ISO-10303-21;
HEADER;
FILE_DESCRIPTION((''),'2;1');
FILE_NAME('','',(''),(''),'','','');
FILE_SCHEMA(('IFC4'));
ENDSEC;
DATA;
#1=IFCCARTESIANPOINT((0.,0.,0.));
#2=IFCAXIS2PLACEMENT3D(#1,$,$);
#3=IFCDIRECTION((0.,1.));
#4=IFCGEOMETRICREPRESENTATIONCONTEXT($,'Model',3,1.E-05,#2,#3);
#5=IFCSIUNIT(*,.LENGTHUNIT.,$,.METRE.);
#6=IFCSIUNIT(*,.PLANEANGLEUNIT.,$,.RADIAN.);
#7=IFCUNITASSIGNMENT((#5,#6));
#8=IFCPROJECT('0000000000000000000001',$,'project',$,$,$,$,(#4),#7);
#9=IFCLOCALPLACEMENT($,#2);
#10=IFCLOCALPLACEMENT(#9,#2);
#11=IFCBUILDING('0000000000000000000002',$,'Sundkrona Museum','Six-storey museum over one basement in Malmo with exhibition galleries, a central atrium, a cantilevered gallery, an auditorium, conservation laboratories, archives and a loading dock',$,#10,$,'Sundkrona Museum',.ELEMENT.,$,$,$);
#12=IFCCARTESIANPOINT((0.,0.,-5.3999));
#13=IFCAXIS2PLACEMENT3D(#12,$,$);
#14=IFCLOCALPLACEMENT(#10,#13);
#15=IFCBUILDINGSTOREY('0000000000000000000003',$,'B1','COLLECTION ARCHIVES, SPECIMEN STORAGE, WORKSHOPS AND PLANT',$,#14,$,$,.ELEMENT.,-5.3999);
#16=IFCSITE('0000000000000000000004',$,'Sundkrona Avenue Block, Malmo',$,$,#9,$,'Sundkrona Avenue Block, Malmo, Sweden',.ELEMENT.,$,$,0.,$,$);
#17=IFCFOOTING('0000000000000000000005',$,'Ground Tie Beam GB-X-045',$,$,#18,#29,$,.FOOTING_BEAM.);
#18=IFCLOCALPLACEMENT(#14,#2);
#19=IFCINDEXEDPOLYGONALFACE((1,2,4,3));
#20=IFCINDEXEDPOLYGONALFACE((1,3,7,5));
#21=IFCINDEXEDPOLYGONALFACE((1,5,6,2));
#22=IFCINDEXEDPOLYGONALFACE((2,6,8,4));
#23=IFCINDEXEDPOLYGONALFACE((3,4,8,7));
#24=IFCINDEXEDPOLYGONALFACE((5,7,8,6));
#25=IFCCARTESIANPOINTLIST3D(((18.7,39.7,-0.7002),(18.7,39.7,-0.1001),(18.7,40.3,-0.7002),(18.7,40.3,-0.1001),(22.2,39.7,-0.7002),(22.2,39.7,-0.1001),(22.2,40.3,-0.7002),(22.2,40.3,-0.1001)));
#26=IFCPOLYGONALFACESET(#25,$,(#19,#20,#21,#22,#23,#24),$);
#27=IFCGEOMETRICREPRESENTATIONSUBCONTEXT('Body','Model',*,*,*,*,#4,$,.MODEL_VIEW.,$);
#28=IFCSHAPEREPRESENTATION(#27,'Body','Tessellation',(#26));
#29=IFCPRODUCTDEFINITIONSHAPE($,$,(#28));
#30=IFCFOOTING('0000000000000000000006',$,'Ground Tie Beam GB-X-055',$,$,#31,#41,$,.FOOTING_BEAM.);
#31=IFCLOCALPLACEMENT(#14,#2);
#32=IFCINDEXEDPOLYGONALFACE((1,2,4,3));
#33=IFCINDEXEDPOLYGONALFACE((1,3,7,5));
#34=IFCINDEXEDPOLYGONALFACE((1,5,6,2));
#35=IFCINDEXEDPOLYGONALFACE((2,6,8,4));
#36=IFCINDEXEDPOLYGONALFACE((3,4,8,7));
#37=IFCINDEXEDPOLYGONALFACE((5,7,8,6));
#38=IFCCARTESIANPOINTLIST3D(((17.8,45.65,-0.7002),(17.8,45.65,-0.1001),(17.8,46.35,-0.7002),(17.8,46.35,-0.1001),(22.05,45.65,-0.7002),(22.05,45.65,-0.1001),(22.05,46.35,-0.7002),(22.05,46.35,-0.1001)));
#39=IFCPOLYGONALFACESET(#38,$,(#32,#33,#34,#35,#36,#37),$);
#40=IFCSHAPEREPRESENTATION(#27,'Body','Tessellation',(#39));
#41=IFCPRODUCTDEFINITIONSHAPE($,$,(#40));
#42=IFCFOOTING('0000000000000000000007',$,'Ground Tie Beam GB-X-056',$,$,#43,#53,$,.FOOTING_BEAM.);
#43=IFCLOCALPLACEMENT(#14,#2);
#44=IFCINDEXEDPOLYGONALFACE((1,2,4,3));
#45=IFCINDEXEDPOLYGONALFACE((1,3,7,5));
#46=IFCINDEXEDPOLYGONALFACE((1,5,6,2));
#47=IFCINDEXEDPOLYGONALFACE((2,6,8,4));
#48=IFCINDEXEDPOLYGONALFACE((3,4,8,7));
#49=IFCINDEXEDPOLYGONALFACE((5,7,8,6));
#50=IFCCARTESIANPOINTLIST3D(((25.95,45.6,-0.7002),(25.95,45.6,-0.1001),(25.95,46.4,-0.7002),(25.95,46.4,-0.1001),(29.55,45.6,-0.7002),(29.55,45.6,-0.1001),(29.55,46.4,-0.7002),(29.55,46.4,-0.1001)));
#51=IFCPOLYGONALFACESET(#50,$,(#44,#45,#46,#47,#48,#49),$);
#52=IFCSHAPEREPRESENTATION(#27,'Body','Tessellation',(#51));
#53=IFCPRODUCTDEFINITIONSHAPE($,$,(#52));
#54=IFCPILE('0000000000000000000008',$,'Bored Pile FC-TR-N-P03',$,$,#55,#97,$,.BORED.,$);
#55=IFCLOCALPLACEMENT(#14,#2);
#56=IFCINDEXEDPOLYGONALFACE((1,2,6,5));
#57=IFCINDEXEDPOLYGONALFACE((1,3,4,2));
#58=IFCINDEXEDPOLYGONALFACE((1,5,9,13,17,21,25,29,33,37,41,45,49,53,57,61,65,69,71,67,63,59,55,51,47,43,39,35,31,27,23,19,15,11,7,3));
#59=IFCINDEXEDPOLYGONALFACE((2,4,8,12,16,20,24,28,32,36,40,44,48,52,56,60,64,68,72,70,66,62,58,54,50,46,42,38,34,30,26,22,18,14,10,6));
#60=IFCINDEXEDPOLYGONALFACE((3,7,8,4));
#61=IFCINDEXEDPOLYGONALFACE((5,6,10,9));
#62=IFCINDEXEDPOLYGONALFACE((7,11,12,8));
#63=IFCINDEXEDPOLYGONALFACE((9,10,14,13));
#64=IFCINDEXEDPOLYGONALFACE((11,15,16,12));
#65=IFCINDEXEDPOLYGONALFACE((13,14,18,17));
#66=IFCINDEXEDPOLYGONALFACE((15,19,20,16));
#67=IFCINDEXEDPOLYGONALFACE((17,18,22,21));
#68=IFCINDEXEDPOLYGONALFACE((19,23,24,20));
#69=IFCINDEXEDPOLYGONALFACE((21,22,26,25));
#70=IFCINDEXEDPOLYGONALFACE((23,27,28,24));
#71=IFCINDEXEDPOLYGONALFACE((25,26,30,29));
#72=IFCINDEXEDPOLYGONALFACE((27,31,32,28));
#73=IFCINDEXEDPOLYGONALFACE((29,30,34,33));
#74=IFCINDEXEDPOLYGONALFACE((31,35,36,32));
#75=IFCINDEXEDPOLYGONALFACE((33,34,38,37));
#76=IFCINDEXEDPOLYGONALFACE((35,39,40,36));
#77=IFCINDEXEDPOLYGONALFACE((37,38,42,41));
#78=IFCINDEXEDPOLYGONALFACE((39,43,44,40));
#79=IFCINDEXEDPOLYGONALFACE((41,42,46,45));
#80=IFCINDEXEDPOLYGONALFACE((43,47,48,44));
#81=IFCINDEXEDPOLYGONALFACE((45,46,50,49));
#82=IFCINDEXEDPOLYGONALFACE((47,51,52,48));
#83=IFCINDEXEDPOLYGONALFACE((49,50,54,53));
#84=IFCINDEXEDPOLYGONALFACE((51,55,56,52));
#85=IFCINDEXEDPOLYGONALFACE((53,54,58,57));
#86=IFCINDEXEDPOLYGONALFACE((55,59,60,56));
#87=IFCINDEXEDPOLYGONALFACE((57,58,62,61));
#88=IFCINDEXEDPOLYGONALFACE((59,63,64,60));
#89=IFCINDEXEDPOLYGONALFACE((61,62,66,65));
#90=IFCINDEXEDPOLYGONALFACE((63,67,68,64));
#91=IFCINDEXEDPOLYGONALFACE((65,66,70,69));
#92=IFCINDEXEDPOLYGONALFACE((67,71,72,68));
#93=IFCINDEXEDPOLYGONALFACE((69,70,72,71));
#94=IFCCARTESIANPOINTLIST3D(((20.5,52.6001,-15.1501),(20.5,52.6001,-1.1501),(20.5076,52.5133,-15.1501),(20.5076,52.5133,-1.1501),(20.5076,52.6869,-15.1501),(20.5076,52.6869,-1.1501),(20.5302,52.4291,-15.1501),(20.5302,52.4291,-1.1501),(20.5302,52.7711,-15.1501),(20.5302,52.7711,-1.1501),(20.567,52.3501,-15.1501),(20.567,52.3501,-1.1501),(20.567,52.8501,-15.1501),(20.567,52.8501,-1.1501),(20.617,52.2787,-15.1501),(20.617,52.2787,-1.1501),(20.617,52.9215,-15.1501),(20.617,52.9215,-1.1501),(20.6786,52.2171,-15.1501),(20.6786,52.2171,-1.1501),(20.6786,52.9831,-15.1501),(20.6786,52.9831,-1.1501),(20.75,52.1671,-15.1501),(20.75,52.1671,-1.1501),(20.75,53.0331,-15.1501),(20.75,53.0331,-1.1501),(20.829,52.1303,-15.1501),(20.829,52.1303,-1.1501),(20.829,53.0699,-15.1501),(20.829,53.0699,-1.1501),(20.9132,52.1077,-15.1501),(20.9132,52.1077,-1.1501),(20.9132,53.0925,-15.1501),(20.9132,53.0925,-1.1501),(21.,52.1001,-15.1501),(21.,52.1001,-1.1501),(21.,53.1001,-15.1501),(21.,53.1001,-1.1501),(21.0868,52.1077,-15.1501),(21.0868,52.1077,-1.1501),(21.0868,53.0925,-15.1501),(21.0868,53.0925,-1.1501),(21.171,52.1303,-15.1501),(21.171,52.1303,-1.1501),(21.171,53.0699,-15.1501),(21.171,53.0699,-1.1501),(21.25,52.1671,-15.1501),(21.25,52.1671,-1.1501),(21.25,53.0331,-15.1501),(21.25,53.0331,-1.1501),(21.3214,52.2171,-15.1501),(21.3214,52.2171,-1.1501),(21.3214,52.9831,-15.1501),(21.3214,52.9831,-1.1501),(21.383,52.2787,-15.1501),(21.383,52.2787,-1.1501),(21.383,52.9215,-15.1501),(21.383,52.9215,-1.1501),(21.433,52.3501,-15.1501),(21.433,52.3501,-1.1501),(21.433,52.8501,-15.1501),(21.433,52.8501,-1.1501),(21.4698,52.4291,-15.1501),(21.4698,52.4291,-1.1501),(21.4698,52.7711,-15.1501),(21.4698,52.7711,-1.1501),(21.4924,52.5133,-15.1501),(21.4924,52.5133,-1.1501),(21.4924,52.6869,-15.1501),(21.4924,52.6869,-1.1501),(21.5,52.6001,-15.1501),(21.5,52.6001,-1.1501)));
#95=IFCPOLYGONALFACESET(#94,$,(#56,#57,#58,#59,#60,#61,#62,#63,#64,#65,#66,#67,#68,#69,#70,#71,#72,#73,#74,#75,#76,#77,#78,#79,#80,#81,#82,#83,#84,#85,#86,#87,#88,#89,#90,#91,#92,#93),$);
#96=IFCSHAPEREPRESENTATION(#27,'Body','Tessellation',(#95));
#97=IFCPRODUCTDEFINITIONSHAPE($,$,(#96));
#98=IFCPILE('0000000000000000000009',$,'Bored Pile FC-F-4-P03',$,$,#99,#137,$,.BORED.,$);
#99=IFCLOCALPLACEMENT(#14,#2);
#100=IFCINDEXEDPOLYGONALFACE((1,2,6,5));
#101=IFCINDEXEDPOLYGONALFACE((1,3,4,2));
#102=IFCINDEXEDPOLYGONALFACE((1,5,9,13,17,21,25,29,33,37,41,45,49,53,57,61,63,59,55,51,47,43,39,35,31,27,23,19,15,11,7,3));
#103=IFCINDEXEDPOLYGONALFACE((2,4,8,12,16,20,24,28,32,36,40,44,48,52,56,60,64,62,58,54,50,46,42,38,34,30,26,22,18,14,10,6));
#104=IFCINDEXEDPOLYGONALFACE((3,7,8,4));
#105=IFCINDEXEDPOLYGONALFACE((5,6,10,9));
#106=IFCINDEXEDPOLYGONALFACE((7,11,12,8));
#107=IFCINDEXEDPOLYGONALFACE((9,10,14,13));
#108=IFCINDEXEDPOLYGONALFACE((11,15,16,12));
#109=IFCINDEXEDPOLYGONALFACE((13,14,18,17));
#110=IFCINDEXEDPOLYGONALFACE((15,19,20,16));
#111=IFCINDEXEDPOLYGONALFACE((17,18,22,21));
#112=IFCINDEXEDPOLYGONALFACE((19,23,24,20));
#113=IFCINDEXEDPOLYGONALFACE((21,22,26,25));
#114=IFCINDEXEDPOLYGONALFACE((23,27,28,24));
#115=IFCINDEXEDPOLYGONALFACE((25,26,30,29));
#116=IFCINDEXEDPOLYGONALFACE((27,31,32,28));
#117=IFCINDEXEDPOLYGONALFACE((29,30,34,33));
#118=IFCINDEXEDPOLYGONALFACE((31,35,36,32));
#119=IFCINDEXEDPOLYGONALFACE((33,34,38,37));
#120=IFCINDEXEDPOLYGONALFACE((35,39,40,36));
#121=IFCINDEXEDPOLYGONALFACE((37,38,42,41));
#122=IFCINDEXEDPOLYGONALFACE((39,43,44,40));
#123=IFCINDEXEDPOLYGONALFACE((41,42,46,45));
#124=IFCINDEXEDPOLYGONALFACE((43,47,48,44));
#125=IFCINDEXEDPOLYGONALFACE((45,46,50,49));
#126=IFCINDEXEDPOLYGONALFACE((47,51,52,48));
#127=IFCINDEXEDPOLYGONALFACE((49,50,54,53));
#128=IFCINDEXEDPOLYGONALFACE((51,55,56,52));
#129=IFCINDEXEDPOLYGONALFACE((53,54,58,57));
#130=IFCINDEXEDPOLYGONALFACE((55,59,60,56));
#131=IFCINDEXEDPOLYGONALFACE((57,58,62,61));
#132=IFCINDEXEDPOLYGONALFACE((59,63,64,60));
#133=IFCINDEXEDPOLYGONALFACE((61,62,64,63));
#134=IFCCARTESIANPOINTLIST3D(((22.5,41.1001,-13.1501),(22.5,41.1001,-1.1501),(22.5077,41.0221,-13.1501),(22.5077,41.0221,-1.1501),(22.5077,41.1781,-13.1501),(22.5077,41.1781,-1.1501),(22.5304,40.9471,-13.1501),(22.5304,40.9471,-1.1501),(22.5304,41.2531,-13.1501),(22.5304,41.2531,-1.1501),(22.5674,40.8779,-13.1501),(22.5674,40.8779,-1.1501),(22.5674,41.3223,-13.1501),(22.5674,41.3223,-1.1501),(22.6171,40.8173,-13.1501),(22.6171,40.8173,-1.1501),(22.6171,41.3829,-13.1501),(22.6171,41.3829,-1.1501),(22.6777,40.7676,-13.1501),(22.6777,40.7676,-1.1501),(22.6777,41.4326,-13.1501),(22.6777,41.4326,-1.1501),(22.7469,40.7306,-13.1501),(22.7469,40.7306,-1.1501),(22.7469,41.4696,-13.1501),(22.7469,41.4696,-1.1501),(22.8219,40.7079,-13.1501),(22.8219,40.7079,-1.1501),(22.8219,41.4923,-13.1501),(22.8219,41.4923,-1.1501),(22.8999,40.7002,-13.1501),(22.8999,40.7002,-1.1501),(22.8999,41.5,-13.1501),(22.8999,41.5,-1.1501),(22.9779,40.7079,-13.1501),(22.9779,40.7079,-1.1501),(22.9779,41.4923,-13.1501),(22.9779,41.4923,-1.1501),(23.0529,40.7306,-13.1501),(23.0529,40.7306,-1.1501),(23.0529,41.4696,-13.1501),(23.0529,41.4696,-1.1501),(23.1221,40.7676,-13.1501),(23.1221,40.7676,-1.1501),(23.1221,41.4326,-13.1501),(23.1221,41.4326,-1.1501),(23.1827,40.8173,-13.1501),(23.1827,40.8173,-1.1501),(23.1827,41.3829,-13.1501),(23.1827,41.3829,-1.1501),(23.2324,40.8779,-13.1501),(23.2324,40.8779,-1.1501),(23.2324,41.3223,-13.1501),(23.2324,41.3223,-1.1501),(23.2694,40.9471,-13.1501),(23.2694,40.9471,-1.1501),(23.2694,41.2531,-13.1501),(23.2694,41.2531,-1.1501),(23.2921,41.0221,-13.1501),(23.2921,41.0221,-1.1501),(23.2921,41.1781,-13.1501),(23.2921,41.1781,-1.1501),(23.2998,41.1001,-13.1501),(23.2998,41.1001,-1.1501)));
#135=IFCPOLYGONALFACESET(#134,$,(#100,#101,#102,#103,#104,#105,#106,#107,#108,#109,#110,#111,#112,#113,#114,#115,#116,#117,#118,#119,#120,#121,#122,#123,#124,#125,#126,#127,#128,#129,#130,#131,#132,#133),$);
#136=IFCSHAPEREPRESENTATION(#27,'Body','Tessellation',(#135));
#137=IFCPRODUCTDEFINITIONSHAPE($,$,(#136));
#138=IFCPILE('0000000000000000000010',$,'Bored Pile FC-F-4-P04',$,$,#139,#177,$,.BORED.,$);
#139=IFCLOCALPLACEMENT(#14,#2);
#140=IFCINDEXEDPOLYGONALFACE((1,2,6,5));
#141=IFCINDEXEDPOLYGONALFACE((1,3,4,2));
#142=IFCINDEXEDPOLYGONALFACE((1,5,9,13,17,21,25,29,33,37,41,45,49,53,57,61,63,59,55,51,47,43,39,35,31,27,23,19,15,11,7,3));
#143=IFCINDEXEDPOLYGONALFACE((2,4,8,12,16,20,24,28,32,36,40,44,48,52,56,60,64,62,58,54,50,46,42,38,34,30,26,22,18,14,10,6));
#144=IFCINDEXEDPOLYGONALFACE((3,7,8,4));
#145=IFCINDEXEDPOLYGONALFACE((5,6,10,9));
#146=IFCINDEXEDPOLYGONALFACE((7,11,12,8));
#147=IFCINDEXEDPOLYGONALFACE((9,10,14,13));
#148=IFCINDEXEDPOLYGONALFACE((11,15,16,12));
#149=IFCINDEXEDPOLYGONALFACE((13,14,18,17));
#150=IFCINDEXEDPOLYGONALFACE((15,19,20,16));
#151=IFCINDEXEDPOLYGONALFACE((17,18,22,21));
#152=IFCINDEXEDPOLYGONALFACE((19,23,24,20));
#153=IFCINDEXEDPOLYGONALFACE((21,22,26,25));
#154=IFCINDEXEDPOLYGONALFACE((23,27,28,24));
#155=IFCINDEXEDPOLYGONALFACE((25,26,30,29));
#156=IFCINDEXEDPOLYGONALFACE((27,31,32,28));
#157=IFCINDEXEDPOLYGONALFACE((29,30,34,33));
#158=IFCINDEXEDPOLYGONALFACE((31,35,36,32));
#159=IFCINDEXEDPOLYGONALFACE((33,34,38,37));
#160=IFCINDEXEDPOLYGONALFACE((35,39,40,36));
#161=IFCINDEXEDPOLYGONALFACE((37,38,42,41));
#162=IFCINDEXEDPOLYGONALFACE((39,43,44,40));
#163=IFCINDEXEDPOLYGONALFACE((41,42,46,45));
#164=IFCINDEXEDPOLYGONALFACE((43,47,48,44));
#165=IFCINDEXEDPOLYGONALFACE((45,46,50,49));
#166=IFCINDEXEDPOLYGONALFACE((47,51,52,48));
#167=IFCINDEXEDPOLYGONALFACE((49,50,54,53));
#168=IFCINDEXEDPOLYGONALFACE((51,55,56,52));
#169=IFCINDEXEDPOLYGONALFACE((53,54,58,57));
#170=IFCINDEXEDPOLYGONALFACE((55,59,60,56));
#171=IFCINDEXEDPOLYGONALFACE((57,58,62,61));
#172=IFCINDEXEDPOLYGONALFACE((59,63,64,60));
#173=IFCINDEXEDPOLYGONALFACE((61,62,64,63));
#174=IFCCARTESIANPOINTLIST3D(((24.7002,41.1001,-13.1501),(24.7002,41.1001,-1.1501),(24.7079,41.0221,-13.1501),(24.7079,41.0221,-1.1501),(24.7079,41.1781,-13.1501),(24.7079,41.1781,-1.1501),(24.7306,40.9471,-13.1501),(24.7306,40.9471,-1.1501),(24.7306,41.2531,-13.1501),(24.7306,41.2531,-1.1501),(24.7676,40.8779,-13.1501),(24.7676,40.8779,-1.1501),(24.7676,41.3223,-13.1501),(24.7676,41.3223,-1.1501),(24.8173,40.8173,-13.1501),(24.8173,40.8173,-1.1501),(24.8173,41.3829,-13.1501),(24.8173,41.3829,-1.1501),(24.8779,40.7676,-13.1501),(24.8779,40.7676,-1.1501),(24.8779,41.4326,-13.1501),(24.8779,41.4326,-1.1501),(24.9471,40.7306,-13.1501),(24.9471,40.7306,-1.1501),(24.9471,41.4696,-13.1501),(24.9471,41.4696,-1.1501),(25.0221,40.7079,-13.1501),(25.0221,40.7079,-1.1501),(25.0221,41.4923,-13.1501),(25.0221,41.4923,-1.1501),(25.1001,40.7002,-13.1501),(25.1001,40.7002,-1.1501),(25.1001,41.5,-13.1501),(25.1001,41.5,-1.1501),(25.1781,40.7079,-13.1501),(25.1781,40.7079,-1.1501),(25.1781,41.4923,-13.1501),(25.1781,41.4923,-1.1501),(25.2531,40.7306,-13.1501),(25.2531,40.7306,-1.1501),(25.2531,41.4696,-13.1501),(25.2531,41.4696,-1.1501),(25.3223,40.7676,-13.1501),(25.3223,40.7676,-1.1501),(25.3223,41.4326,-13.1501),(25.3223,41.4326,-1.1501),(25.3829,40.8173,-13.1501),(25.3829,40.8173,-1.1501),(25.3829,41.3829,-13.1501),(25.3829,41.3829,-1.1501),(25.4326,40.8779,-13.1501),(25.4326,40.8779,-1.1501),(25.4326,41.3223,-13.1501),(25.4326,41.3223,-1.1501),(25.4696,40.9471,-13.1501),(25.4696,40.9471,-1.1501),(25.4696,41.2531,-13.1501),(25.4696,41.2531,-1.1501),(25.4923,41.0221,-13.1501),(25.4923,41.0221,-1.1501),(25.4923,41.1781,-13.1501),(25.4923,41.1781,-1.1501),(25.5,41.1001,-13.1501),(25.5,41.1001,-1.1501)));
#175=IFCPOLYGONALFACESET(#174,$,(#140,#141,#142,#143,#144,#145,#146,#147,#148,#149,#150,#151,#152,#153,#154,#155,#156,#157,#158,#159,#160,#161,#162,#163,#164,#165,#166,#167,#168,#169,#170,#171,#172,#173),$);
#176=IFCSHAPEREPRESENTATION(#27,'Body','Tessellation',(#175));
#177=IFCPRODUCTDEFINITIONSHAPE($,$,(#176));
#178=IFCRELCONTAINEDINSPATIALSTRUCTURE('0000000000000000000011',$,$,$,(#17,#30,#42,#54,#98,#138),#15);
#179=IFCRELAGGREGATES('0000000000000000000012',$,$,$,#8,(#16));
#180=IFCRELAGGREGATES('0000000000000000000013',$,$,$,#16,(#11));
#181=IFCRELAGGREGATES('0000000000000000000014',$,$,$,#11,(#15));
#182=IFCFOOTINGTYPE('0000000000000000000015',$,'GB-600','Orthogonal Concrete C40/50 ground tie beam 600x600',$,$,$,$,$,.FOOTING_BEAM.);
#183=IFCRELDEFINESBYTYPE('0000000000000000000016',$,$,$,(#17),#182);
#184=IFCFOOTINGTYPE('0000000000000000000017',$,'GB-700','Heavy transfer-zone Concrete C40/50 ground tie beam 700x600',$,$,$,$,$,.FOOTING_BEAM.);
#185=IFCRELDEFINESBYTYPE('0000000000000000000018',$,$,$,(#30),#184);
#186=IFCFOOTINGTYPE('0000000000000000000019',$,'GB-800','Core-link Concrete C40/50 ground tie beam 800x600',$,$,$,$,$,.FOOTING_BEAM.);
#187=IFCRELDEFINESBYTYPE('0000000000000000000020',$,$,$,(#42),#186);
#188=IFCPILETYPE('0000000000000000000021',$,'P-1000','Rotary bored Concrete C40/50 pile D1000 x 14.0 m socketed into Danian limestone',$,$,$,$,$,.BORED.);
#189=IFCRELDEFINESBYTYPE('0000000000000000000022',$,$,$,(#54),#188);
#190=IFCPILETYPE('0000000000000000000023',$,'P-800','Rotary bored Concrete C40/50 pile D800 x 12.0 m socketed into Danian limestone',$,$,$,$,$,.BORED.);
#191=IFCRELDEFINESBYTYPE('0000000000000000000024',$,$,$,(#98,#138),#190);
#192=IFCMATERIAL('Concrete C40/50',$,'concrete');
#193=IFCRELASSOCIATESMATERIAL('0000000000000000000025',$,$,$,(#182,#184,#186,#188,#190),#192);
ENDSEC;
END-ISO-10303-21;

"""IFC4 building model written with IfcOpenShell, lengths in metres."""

from ifc_helpers import new_model, si_unit, direction, frame, origin, origin_2d, place, context, subcontext, project, spatial, rectangle, circle, extrude, material, material_profile, profile_set, type_object, element, save


model = new_model("IFC4")

# Units and contexts
model_context = context("Model", 3, precision=1e-05, world=origin(), true_north=direction((0.0, 1.0)))
body_context = subcontext(model_context, "Body", "Model", "MODEL_VIEW")
ifc_project = project(units=[si_unit("LENGTHUNIT", "METRE"), si_unit("PLANEANGLEUNIT", "RADIAN")], contexts=[model_context])

# Site, building, storey
site_placement = place(None, origin())
site = spatial("IfcSite", under=ifc_project, at=site_placement, Name="Sundkrona Avenue Block, Malmo", LongName="Sundkrona Avenue Block, Malmo, Sweden", CompositionType="ELEMENT", RefElevation=0.0)
building_placement = place(site_placement, origin())
building = spatial("IfcBuilding", under=site, at=building_placement, Name="Sundkrona Museum", Description="Six-storey museum over one basement in Malmo with exhibition galleries, a central atrium, a cantilevered gallery, an auditorium, conservation laboratories, archives and a loading dock", LongName="Sundkrona Museum", CompositionType="ELEMENT")
storey_placement = place(building_placement, frame((0.0, 0.0, -5.3999)))
storey = spatial("IfcBuildingStorey", under=building, at=storey_placement, Name="B1", Description="COLLECTION ARCHIVES, SPECIMEN STORAGE, WORKSHOPS AND PLANT", CompositionType="ELEMENT", Elevation=-5.3999)

# Footings
ifc_material_1 = material(Name="Concrete C40/50", Category="concrete")
footing_type_1 = type_object("IfcFootingType", Name="GB-600", Description="Orthogonal Concrete C40/50 ground tie beam 600x600", PredefinedType="FOOTING_BEAM", material=ifc_material_1)
footing_1_placement = place(storey_placement, frame((20.45, 40.0, -0.7002), z_axis=(0.0, 0.0, 1.0), x_axis=(1.0, 0.0, 0.0)))
element("IfcFooting", 1, at=footing_1_placement, inside=storey, type_object=footing_type_1, Name="Ground Tie Beam GB-X-045", PredefinedType="FOOTING_BEAM", context=body_context, shape_type="SweptSolid", body=[
    extrude(rectangle(XDim=3.5, YDim=0.6001, at=origin_2d()), origin(), (0.0, 0.0, 1.0), 0.6001),
])
footing_type_2 = type_object("IfcFootingType", Name="GB-700", Description="Heavy transfer-zone Concrete C40/50 ground tie beam 700x600", PredefinedType="FOOTING_BEAM", material=ifc_material_1)
footing_2_placement = place(storey_placement, frame((19.925, 46.0, -0.7002), z_axis=(0.0, 0.0, 1.0), x_axis=(1.0, 0.0, 0.0)))
element("IfcFooting", 2, at=footing_2_placement, inside=storey, type_object=footing_type_2, Name="Ground Tie Beam GB-X-055", PredefinedType="FOOTING_BEAM", context=body_context, shape_type="SweptSolid", body=[
    extrude(rectangle(XDim=4.25, YDim=0.7, at=origin_2d()), origin(), (0.0, 0.0, 1.0), 0.6001),
])
footing_type_3 = type_object("IfcFootingType", Name="GB-800", Description="Core-link Concrete C40/50 ground tie beam 800x600", PredefinedType="FOOTING_BEAM", material=ifc_material_1)
footing_3_placement = place(storey_placement, frame((27.75, 46.0, -0.7002), z_axis=(0.0, 0.0, 1.0), x_axis=(1.0, 0.0, 0.0)))
element("IfcFooting", 3, at=footing_3_placement, inside=storey, type_object=footing_type_3, Name="Ground Tie Beam GB-X-056", PredefinedType="FOOTING_BEAM", context=body_context, shape_type="SweptSolid", body=[
    extrude(rectangle(XDim=3.6001, YDim=0.8, at=origin_2d()), origin(), (0.0, 0.0, 1.0), 0.6001),
])

# Piles
ifc_material_profile_1 = material_profile(ifc_material_1, circle(Radius=0.5, at=origin_2d()), Name="PILE D1000")
ifc_profile_set_1 = profile_set([ifc_material_profile_1], Name="Concrete C40/50")
pile_type_1 = type_object("IfcPileType", Name="P-1000", Description="Rotary bored Concrete C40/50 pile D1000 x 14.0 m socketed into Danian limestone", PredefinedType="BORED", material=ifc_profile_set_1)
pile_placement = place(storey_placement, frame((21.0, 52.6001, -1.1501), z_axis=(0.0, 0.0, -1.0), x_axis=(1.0, 0.0, 0.0)))
element("IfcPile", 4, at=pile_placement, inside=storey, type_object=pile_type_1, Name="Bored Pile FC-TR-N-P03", PredefinedType="BORED", context=body_context, shape_type="SweptSolid", body=[
    extrude(circle(Radius=0.5, at=origin_2d()), origin(), (0.0, 0.0, 1.0), 14.0),
])
ifc_material_profile_2 = material_profile(ifc_material_1, circle(Radius=0.3999, at=origin_2d()), Name="PILE D800")
ifc_profile_set_2 = profile_set([ifc_material_profile_2], Name="Concrete C40/50")
pile_type_2 = type_object("IfcPileType", Name="P-800", Description="Rotary bored Concrete C40/50 pile D800 x 12.0 m socketed into Danian limestone", PredefinedType="BORED", material=ifc_profile_set_2)
for number, where, z_axis, x_axis, name in (
    (5, (22.8999, 41.1001, -1.1501), (0.0, 0.0, -1.0), (1.0, 0.0, 0.0), "Bored Pile FC-F-4-P03"),
    (6, (25.1001, 41.1001, -1.1501), (0.0, 0.0, -1.0), (1.0, 0.0, 0.0), "Bored Pile FC-F-4-P04"),
):
    element("IfcPile", number, at=place(storey_placement, frame(where, z_axis=z_axis, x_axis=x_axis)), inside=storey, type_object=pile_type_2, Name=name, PredefinedType="BORED", context=body_context, shape_type="SweptSolid", body=[
        extrude(circle(Radius=0.3999, at=origin_2d()), origin(), (0.0, 0.0, 1.0), 12.0),
    ])

save(model, "model.ifc")
